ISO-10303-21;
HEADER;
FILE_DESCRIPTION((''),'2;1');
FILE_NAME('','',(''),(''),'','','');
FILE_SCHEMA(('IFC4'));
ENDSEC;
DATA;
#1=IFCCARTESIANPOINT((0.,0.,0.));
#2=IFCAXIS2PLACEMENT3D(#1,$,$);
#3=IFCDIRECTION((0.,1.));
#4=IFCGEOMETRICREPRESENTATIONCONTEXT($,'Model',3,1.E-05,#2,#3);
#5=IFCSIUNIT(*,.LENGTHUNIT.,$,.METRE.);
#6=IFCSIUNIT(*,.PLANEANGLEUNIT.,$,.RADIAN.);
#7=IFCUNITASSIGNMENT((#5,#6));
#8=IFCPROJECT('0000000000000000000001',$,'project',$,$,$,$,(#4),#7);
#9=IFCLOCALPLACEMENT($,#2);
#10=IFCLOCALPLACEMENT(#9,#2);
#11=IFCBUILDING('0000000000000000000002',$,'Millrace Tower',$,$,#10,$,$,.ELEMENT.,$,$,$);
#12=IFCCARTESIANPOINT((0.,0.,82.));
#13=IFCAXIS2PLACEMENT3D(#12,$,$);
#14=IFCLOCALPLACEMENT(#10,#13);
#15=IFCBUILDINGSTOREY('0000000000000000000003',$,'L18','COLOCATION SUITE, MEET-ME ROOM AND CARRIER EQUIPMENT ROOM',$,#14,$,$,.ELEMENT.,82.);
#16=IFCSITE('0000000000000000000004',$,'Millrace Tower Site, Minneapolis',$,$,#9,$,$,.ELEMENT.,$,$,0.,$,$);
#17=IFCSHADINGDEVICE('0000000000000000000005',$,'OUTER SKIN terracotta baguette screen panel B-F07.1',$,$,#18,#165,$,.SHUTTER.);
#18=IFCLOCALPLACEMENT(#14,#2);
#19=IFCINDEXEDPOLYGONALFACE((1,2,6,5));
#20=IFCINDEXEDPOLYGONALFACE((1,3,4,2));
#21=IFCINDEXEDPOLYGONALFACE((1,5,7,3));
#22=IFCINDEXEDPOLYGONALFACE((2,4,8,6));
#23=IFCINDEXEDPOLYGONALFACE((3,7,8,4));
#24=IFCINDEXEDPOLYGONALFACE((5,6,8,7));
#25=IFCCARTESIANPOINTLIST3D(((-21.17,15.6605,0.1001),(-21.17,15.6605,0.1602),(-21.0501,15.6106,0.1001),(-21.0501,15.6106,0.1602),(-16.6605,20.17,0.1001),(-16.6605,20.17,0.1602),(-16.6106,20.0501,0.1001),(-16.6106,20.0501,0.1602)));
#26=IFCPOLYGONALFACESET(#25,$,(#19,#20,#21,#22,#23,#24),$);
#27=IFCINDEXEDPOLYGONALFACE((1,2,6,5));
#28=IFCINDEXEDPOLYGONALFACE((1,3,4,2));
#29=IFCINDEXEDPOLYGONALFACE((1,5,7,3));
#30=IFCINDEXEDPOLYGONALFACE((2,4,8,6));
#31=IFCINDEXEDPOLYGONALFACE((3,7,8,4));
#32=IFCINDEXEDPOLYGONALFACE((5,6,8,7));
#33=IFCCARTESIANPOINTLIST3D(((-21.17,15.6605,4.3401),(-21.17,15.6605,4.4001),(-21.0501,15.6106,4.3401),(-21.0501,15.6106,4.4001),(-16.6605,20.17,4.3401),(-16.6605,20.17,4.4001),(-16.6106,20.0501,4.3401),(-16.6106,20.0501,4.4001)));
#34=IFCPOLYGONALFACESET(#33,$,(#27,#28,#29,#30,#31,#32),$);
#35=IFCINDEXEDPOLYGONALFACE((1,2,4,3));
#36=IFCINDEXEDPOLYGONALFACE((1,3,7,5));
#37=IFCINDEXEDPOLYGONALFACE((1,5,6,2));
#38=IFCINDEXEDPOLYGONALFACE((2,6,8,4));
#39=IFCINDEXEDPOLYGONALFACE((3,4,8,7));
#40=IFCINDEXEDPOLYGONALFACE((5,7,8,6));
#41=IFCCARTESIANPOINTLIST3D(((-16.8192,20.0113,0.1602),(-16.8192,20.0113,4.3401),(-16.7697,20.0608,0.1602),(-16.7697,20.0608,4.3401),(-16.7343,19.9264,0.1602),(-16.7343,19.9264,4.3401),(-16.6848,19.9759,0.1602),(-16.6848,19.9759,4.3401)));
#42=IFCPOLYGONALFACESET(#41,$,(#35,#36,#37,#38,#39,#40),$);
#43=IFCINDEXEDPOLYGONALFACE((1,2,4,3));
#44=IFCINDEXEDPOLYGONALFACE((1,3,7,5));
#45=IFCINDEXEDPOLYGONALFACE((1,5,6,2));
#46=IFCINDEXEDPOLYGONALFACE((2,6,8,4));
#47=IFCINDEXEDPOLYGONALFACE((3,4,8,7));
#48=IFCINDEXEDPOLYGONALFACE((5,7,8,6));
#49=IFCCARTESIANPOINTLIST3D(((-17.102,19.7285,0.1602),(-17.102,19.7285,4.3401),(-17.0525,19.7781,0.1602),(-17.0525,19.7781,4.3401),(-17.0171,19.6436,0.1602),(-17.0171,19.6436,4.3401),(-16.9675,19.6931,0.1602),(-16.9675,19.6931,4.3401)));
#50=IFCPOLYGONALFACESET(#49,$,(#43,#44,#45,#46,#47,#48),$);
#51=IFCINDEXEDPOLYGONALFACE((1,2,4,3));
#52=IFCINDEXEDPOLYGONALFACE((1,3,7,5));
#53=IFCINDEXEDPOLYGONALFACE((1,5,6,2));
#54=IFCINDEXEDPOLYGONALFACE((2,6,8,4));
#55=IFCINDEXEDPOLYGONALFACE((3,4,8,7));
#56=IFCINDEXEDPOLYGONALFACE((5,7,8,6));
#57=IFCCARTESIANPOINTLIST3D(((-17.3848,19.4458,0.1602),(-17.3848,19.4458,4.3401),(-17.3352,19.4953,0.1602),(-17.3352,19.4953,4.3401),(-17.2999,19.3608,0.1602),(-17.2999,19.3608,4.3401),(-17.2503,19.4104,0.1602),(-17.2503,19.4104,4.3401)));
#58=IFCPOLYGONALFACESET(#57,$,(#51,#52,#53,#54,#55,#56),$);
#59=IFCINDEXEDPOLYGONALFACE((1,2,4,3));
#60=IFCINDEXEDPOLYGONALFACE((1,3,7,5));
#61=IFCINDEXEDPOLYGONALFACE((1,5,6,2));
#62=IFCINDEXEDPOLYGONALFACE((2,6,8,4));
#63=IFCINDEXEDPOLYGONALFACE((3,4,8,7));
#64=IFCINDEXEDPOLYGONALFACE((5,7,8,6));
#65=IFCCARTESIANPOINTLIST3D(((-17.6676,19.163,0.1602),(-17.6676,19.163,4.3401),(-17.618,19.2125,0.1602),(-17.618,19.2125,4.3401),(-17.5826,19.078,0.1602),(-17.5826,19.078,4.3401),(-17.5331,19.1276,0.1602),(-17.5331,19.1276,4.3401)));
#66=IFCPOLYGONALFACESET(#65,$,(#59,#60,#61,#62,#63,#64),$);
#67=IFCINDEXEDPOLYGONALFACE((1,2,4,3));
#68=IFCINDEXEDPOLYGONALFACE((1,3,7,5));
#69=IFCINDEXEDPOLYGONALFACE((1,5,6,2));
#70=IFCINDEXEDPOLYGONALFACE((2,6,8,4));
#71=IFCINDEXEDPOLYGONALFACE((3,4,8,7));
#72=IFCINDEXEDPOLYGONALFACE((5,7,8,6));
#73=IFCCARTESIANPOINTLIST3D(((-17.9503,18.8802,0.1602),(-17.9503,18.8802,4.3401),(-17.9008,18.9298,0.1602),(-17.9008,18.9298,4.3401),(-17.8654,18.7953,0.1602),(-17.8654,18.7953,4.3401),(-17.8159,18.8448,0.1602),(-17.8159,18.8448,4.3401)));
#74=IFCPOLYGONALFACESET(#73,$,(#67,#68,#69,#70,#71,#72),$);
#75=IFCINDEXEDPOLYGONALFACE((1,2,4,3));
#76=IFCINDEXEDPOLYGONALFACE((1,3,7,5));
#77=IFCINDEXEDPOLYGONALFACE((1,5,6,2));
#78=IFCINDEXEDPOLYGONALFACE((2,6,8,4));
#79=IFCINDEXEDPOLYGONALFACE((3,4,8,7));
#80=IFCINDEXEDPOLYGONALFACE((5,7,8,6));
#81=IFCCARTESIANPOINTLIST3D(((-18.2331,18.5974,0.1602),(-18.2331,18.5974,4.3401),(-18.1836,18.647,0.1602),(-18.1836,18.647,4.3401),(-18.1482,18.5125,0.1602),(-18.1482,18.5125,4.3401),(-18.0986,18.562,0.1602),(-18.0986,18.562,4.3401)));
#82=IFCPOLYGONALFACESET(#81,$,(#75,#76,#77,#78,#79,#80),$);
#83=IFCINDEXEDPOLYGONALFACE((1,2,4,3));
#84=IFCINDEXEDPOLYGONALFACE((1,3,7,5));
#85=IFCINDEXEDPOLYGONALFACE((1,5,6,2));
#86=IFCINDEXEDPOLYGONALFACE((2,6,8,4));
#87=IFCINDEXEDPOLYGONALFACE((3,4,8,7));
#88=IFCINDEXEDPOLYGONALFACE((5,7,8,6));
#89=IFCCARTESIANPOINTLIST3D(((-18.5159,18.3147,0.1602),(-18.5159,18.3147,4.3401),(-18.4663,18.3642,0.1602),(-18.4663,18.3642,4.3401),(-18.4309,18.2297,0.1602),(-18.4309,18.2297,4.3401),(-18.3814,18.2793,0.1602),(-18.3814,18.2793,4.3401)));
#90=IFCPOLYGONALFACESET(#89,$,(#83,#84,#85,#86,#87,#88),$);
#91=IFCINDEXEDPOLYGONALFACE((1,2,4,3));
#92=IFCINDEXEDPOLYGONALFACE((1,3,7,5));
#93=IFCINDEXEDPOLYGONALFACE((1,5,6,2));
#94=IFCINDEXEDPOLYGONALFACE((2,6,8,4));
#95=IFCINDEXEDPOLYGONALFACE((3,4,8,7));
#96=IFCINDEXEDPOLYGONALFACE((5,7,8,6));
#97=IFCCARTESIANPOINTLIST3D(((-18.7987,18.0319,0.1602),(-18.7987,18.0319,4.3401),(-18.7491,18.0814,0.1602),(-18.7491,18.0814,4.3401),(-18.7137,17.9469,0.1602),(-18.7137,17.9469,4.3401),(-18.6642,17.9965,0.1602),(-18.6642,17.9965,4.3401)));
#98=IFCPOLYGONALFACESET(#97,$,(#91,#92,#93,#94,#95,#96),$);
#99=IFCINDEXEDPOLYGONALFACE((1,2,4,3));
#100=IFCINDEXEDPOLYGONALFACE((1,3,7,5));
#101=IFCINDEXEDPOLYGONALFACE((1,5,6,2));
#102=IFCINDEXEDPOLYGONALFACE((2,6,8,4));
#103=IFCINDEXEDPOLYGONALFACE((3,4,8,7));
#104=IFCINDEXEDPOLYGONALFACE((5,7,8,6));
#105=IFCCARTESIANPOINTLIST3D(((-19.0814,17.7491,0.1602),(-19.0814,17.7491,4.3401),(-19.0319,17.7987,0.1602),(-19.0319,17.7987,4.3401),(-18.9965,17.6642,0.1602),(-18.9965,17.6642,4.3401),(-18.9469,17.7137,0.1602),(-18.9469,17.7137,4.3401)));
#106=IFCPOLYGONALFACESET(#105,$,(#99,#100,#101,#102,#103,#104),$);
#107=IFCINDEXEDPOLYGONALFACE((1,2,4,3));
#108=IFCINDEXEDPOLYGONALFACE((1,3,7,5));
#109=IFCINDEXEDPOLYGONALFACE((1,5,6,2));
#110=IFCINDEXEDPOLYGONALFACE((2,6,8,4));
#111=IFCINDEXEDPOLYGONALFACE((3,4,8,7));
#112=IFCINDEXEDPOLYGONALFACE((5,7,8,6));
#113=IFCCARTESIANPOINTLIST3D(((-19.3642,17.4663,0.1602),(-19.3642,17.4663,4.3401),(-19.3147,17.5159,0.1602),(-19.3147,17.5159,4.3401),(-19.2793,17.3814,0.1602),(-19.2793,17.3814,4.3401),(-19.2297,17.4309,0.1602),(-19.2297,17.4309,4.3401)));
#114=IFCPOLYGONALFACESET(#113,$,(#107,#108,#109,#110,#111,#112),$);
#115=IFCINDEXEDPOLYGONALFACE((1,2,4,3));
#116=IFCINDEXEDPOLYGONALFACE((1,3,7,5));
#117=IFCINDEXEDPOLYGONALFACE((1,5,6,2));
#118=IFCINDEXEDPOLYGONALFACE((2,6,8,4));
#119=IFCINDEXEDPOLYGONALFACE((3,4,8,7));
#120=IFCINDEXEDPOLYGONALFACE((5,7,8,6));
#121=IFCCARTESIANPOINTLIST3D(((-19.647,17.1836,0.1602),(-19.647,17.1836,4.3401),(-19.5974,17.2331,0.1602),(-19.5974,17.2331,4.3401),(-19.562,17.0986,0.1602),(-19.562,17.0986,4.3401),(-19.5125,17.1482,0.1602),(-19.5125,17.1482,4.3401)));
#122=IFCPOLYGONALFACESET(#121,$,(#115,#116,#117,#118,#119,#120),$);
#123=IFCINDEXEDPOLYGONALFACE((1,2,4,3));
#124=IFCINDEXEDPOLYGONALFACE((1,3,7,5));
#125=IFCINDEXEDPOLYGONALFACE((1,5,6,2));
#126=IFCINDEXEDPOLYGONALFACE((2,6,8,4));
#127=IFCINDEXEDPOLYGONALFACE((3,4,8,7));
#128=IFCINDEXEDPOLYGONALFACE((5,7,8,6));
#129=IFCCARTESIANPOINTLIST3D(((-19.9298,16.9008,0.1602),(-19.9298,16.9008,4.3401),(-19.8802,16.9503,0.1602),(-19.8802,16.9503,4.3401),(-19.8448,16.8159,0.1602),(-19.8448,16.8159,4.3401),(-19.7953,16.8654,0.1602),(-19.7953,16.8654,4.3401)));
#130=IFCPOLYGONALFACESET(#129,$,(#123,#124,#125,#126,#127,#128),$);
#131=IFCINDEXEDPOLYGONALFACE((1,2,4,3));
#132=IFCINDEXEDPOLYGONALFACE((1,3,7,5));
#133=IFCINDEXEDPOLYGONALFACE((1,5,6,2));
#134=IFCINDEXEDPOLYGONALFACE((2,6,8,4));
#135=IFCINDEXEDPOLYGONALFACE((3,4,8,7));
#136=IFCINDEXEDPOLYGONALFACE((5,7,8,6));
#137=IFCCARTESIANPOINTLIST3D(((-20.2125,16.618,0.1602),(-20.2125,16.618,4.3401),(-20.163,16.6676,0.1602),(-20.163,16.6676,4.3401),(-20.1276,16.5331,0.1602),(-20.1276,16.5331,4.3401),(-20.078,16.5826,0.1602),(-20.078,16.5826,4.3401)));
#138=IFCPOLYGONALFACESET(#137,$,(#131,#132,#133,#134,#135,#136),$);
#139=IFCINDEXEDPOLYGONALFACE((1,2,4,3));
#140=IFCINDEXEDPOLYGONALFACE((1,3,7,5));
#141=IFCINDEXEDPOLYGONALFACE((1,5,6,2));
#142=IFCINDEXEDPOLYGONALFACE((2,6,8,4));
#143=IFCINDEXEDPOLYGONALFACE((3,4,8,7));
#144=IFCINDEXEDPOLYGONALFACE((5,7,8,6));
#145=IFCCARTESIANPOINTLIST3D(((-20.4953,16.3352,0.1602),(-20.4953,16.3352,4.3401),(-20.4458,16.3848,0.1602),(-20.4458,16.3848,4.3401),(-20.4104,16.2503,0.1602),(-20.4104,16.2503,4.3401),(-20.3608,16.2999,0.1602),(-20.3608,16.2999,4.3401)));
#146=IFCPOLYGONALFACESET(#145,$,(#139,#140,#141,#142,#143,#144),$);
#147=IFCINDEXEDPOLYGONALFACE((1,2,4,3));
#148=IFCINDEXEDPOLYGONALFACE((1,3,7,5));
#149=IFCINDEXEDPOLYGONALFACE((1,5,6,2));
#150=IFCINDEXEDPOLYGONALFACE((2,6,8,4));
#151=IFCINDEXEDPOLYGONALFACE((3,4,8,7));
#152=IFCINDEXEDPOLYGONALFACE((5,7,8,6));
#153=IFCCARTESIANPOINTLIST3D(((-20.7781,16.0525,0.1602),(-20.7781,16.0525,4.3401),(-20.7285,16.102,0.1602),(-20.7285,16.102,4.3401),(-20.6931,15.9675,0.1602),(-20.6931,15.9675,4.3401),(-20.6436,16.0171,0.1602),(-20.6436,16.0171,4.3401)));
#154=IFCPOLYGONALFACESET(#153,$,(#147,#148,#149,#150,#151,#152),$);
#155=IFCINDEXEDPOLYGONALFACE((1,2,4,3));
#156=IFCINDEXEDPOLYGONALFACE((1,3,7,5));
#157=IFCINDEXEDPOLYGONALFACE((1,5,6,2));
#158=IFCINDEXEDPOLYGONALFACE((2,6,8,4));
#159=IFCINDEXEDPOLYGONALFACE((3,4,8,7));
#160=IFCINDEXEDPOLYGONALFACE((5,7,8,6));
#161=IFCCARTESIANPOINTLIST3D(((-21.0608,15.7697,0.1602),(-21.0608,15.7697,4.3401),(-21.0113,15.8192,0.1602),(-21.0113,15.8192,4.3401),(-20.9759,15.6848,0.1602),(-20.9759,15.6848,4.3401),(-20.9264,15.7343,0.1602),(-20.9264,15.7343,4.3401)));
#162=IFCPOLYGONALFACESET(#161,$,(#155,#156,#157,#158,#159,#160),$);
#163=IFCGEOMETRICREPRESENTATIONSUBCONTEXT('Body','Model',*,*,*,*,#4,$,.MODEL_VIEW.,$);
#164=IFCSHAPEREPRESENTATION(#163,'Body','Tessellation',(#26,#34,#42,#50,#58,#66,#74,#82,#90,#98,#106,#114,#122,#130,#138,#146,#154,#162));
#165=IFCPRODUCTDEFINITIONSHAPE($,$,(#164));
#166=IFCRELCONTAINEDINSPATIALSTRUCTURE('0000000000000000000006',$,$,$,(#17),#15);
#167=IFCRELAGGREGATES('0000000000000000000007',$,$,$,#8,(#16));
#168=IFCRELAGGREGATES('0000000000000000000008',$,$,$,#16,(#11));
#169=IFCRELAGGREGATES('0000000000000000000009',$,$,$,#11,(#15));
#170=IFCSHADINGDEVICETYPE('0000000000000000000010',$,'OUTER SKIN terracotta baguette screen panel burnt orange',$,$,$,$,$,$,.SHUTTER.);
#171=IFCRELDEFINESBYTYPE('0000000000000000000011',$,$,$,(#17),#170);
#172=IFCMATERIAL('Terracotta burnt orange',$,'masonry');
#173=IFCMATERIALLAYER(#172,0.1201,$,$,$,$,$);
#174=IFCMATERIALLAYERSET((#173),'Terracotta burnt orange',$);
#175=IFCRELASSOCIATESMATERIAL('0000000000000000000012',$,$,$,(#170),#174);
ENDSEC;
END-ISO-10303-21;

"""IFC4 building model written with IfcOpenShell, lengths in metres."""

from ifc_helpers import new_model, entity, si_unit, direction, frame, frame_2d, origin, place, context, subcontext, project, spatial, rectangle, extrude, source, transform, mapped, material, layer, layer_set, type_object, element, save


model = new_model("IFC4")

# Units and contexts
model_context = context("Model", 3, precision=1e-05, world=origin(), true_north=direction((0.0, 1.0)))
body_context = subcontext(model_context, "Body", "Model", "MODEL_VIEW")
ifc_project = project(units=[si_unit("LENGTHUNIT", "METRE"), si_unit("PLANEANGLEUNIT", "RADIAN")], contexts=[model_context])

# Site, building, storey
site_placement = place(None, origin())
site = spatial("IfcSite", under=ifc_project, at=site_placement, Name="Millrace Tower Site, Minneapolis", CompositionType="ELEMENT", RefElevation=0.0)
building_placement = place(site_placement, origin())
building = spatial("IfcBuilding", under=site, at=building_placement, Name="Millrace Tower", CompositionType="ELEMENT")
storey_placement = place(building_placement, frame((0.0, 0.0, 82.0)))
storey = spatial("IfcBuildingStorey", under=building, at=storey_placement, Name="L18", Description="COLOCATION SUITE, MEET-ME ROOM AND CARRIER EQUIPMENT ROOM", CompositionType="ELEMENT", Elevation=82.0)

# Shading device
ifc_material_1 = material(Name="Terracotta burnt orange", Category="masonry")
ifc_layer_1 = layer(ifc_material_1, 0.1201)
ifc_layer_set_1 = layer_set([ifc_layer_1], Name="Terracotta burnt orange")
shading_device_type = type_object("IfcShadingDeviceType", Name="OUTER SKIN terracotta baguette screen panel burnt orange", PredefinedType="SHUTTER", material=ifc_layer_set_1)
cartesian_point_1 = entity("IfcCartesianPoint", [-3.1392, 0.0601])
shared_polyline_1 = entity("IfcPolyline", [cartesian_point_1, entity("IfcCartesianPoint", [3.1392, 0.0601]), entity("IfcCartesianPoint", [3.1887, -0.0601]), entity("IfcCartesianPoint", [-3.1887, -0.0601]), cartesian_point_1])
shared_shape_1 = source(origin(), body_context, "Body", "SweptSolid", [
    entity("IfcExtrudedAreaSolid", entity("IfcArbitraryClosedProfileDef", "AREA", None, shared_polyline_1), entity("IfcAxis2Placement3D", entity("IfcCartesianPoint", [0.0, 0.0, 0.0])), entity("IfcDirection", [0.0, 0.0, 1.0]), 0.0601),
    entity("IfcExtrudedAreaSolid", entity("IfcArbitraryClosedProfileDef", "AREA", None, shared_polyline_1), entity("IfcAxis2Placement3D", entity("IfcCartesianPoint", [0.0, 0.0, 4.24])), entity("IfcDirection", [0.0, 0.0, 1.0]), 0.0601),
    extrude(rectangle(XDim=0.0701, YDim=0.1201, at=frame_2d((-2.9993, 0.0))), frame((0.0, 0.0, 0.0601)), (0.0, 0.0, 1.0), 4.1799),
    extrude(rectangle(XDim=0.0701, YDim=0.1201, at=frame_2d((-2.5994, 0.0))), frame((0.0, 0.0, 0.0601)), (0.0, 0.0, 1.0), 4.1799),
    extrude(rectangle(XDim=0.0701, YDim=0.1201, at=frame_2d((-2.1995, 0.0))), frame((0.0, 0.0, 0.0601)), (0.0, 0.0, 1.0), 4.1799),
    extrude(rectangle(XDim=0.0701, YDim=0.1201, at=frame_2d((-1.7996, 0.0))), frame((0.0, 0.0, 0.0601)), (0.0, 0.0, 1.0), 4.1799),
    extrude(rectangle(XDim=0.0701, YDim=0.1201, at=frame_2d((-1.3997, 0.0))), frame((0.0, 0.0, 0.0601)), (0.0, 0.0, 1.0), 4.1799),
    extrude(rectangle(XDim=0.0701, YDim=0.1201, at=frame_2d((-0.9998, 0.0))), frame((0.0, 0.0, 0.0601)), (0.0, 0.0, 1.0), 4.1799),
    extrude(rectangle(XDim=0.0701, YDim=0.1201, at=frame_2d((-0.5999, 0.0))), frame((0.0, 0.0, 0.0601)), (0.0, 0.0, 1.0), 4.1799),
    extrude(rectangle(XDim=0.0701, YDim=0.1201, at=frame_2d((-0.2, 0.0))), frame((0.0, 0.0, 0.0601)), (0.0, 0.0, 1.0), 4.1799),
    extrude(rectangle(XDim=0.0701, YDim=0.1201, at=frame_2d((0.2, 0.0))), frame((0.0, 0.0, 0.0601)), (0.0, 0.0, 1.0), 4.1799),
    extrude(rectangle(XDim=0.0701, YDim=0.1201, at=frame_2d((0.5999, 0.0))), frame((0.0, 0.0, 0.0601)), (0.0, 0.0, 1.0), 4.1799),
    extrude(rectangle(XDim=0.0701, YDim=0.1201, at=frame_2d((0.9998, 0.0))), frame((0.0, 0.0, 0.0601)), (0.0, 0.0, 1.0), 4.1799),
    extrude(rectangle(XDim=0.0701, YDim=0.1201, at=frame_2d((1.3997, 0.0))), frame((0.0, 0.0, 0.0601)), (0.0, 0.0, 1.0), 4.1799),
    extrude(rectangle(XDim=0.0701, YDim=0.1201, at=frame_2d((1.7996, 0.0))), frame((0.0, 0.0, 0.0601)), (0.0, 0.0, 1.0), 4.1799),
    extrude(rectangle(XDim=0.0701, YDim=0.1201, at=frame_2d((2.1995, 0.0))), frame((0.0, 0.0, 0.0601)), (0.0, 0.0, 1.0), 4.1799),
    extrude(rectangle(XDim=0.0701, YDim=0.1201, at=frame_2d((2.5994, 0.0))), frame((0.0, 0.0, 0.0601)), (0.0, 0.0, 1.0), 4.1799),
    extrude(rectangle(XDim=0.0701, YDim=0.1201, at=frame_2d((2.9993, 0.0))), frame((0.0, 0.0, 0.0601)), (0.0, 0.0, 1.0), 4.1799),
])
shading_device_1_placement = place(storey_placement, frame((-18.8728, 17.8728, 0.1001), z_axis=(0.0, 0.0, 1.0), x_axis=(-0.707107, -0.707107, 0.0)))
element("IfcShadingDevice", 1, at=shading_device_1_placement, inside=storey, type_object=shading_device_type, Name="OUTER SKIN terracotta baguette screen panel B-F07.1", PredefinedType="SHUTTER", context=body_context, shape_type="MappedRepresentation", body=[
    mapped(shared_shape_1, transform((0.0, 0.0, 0.0), scale=1.0)),
])

save(model, "model.ifc")
